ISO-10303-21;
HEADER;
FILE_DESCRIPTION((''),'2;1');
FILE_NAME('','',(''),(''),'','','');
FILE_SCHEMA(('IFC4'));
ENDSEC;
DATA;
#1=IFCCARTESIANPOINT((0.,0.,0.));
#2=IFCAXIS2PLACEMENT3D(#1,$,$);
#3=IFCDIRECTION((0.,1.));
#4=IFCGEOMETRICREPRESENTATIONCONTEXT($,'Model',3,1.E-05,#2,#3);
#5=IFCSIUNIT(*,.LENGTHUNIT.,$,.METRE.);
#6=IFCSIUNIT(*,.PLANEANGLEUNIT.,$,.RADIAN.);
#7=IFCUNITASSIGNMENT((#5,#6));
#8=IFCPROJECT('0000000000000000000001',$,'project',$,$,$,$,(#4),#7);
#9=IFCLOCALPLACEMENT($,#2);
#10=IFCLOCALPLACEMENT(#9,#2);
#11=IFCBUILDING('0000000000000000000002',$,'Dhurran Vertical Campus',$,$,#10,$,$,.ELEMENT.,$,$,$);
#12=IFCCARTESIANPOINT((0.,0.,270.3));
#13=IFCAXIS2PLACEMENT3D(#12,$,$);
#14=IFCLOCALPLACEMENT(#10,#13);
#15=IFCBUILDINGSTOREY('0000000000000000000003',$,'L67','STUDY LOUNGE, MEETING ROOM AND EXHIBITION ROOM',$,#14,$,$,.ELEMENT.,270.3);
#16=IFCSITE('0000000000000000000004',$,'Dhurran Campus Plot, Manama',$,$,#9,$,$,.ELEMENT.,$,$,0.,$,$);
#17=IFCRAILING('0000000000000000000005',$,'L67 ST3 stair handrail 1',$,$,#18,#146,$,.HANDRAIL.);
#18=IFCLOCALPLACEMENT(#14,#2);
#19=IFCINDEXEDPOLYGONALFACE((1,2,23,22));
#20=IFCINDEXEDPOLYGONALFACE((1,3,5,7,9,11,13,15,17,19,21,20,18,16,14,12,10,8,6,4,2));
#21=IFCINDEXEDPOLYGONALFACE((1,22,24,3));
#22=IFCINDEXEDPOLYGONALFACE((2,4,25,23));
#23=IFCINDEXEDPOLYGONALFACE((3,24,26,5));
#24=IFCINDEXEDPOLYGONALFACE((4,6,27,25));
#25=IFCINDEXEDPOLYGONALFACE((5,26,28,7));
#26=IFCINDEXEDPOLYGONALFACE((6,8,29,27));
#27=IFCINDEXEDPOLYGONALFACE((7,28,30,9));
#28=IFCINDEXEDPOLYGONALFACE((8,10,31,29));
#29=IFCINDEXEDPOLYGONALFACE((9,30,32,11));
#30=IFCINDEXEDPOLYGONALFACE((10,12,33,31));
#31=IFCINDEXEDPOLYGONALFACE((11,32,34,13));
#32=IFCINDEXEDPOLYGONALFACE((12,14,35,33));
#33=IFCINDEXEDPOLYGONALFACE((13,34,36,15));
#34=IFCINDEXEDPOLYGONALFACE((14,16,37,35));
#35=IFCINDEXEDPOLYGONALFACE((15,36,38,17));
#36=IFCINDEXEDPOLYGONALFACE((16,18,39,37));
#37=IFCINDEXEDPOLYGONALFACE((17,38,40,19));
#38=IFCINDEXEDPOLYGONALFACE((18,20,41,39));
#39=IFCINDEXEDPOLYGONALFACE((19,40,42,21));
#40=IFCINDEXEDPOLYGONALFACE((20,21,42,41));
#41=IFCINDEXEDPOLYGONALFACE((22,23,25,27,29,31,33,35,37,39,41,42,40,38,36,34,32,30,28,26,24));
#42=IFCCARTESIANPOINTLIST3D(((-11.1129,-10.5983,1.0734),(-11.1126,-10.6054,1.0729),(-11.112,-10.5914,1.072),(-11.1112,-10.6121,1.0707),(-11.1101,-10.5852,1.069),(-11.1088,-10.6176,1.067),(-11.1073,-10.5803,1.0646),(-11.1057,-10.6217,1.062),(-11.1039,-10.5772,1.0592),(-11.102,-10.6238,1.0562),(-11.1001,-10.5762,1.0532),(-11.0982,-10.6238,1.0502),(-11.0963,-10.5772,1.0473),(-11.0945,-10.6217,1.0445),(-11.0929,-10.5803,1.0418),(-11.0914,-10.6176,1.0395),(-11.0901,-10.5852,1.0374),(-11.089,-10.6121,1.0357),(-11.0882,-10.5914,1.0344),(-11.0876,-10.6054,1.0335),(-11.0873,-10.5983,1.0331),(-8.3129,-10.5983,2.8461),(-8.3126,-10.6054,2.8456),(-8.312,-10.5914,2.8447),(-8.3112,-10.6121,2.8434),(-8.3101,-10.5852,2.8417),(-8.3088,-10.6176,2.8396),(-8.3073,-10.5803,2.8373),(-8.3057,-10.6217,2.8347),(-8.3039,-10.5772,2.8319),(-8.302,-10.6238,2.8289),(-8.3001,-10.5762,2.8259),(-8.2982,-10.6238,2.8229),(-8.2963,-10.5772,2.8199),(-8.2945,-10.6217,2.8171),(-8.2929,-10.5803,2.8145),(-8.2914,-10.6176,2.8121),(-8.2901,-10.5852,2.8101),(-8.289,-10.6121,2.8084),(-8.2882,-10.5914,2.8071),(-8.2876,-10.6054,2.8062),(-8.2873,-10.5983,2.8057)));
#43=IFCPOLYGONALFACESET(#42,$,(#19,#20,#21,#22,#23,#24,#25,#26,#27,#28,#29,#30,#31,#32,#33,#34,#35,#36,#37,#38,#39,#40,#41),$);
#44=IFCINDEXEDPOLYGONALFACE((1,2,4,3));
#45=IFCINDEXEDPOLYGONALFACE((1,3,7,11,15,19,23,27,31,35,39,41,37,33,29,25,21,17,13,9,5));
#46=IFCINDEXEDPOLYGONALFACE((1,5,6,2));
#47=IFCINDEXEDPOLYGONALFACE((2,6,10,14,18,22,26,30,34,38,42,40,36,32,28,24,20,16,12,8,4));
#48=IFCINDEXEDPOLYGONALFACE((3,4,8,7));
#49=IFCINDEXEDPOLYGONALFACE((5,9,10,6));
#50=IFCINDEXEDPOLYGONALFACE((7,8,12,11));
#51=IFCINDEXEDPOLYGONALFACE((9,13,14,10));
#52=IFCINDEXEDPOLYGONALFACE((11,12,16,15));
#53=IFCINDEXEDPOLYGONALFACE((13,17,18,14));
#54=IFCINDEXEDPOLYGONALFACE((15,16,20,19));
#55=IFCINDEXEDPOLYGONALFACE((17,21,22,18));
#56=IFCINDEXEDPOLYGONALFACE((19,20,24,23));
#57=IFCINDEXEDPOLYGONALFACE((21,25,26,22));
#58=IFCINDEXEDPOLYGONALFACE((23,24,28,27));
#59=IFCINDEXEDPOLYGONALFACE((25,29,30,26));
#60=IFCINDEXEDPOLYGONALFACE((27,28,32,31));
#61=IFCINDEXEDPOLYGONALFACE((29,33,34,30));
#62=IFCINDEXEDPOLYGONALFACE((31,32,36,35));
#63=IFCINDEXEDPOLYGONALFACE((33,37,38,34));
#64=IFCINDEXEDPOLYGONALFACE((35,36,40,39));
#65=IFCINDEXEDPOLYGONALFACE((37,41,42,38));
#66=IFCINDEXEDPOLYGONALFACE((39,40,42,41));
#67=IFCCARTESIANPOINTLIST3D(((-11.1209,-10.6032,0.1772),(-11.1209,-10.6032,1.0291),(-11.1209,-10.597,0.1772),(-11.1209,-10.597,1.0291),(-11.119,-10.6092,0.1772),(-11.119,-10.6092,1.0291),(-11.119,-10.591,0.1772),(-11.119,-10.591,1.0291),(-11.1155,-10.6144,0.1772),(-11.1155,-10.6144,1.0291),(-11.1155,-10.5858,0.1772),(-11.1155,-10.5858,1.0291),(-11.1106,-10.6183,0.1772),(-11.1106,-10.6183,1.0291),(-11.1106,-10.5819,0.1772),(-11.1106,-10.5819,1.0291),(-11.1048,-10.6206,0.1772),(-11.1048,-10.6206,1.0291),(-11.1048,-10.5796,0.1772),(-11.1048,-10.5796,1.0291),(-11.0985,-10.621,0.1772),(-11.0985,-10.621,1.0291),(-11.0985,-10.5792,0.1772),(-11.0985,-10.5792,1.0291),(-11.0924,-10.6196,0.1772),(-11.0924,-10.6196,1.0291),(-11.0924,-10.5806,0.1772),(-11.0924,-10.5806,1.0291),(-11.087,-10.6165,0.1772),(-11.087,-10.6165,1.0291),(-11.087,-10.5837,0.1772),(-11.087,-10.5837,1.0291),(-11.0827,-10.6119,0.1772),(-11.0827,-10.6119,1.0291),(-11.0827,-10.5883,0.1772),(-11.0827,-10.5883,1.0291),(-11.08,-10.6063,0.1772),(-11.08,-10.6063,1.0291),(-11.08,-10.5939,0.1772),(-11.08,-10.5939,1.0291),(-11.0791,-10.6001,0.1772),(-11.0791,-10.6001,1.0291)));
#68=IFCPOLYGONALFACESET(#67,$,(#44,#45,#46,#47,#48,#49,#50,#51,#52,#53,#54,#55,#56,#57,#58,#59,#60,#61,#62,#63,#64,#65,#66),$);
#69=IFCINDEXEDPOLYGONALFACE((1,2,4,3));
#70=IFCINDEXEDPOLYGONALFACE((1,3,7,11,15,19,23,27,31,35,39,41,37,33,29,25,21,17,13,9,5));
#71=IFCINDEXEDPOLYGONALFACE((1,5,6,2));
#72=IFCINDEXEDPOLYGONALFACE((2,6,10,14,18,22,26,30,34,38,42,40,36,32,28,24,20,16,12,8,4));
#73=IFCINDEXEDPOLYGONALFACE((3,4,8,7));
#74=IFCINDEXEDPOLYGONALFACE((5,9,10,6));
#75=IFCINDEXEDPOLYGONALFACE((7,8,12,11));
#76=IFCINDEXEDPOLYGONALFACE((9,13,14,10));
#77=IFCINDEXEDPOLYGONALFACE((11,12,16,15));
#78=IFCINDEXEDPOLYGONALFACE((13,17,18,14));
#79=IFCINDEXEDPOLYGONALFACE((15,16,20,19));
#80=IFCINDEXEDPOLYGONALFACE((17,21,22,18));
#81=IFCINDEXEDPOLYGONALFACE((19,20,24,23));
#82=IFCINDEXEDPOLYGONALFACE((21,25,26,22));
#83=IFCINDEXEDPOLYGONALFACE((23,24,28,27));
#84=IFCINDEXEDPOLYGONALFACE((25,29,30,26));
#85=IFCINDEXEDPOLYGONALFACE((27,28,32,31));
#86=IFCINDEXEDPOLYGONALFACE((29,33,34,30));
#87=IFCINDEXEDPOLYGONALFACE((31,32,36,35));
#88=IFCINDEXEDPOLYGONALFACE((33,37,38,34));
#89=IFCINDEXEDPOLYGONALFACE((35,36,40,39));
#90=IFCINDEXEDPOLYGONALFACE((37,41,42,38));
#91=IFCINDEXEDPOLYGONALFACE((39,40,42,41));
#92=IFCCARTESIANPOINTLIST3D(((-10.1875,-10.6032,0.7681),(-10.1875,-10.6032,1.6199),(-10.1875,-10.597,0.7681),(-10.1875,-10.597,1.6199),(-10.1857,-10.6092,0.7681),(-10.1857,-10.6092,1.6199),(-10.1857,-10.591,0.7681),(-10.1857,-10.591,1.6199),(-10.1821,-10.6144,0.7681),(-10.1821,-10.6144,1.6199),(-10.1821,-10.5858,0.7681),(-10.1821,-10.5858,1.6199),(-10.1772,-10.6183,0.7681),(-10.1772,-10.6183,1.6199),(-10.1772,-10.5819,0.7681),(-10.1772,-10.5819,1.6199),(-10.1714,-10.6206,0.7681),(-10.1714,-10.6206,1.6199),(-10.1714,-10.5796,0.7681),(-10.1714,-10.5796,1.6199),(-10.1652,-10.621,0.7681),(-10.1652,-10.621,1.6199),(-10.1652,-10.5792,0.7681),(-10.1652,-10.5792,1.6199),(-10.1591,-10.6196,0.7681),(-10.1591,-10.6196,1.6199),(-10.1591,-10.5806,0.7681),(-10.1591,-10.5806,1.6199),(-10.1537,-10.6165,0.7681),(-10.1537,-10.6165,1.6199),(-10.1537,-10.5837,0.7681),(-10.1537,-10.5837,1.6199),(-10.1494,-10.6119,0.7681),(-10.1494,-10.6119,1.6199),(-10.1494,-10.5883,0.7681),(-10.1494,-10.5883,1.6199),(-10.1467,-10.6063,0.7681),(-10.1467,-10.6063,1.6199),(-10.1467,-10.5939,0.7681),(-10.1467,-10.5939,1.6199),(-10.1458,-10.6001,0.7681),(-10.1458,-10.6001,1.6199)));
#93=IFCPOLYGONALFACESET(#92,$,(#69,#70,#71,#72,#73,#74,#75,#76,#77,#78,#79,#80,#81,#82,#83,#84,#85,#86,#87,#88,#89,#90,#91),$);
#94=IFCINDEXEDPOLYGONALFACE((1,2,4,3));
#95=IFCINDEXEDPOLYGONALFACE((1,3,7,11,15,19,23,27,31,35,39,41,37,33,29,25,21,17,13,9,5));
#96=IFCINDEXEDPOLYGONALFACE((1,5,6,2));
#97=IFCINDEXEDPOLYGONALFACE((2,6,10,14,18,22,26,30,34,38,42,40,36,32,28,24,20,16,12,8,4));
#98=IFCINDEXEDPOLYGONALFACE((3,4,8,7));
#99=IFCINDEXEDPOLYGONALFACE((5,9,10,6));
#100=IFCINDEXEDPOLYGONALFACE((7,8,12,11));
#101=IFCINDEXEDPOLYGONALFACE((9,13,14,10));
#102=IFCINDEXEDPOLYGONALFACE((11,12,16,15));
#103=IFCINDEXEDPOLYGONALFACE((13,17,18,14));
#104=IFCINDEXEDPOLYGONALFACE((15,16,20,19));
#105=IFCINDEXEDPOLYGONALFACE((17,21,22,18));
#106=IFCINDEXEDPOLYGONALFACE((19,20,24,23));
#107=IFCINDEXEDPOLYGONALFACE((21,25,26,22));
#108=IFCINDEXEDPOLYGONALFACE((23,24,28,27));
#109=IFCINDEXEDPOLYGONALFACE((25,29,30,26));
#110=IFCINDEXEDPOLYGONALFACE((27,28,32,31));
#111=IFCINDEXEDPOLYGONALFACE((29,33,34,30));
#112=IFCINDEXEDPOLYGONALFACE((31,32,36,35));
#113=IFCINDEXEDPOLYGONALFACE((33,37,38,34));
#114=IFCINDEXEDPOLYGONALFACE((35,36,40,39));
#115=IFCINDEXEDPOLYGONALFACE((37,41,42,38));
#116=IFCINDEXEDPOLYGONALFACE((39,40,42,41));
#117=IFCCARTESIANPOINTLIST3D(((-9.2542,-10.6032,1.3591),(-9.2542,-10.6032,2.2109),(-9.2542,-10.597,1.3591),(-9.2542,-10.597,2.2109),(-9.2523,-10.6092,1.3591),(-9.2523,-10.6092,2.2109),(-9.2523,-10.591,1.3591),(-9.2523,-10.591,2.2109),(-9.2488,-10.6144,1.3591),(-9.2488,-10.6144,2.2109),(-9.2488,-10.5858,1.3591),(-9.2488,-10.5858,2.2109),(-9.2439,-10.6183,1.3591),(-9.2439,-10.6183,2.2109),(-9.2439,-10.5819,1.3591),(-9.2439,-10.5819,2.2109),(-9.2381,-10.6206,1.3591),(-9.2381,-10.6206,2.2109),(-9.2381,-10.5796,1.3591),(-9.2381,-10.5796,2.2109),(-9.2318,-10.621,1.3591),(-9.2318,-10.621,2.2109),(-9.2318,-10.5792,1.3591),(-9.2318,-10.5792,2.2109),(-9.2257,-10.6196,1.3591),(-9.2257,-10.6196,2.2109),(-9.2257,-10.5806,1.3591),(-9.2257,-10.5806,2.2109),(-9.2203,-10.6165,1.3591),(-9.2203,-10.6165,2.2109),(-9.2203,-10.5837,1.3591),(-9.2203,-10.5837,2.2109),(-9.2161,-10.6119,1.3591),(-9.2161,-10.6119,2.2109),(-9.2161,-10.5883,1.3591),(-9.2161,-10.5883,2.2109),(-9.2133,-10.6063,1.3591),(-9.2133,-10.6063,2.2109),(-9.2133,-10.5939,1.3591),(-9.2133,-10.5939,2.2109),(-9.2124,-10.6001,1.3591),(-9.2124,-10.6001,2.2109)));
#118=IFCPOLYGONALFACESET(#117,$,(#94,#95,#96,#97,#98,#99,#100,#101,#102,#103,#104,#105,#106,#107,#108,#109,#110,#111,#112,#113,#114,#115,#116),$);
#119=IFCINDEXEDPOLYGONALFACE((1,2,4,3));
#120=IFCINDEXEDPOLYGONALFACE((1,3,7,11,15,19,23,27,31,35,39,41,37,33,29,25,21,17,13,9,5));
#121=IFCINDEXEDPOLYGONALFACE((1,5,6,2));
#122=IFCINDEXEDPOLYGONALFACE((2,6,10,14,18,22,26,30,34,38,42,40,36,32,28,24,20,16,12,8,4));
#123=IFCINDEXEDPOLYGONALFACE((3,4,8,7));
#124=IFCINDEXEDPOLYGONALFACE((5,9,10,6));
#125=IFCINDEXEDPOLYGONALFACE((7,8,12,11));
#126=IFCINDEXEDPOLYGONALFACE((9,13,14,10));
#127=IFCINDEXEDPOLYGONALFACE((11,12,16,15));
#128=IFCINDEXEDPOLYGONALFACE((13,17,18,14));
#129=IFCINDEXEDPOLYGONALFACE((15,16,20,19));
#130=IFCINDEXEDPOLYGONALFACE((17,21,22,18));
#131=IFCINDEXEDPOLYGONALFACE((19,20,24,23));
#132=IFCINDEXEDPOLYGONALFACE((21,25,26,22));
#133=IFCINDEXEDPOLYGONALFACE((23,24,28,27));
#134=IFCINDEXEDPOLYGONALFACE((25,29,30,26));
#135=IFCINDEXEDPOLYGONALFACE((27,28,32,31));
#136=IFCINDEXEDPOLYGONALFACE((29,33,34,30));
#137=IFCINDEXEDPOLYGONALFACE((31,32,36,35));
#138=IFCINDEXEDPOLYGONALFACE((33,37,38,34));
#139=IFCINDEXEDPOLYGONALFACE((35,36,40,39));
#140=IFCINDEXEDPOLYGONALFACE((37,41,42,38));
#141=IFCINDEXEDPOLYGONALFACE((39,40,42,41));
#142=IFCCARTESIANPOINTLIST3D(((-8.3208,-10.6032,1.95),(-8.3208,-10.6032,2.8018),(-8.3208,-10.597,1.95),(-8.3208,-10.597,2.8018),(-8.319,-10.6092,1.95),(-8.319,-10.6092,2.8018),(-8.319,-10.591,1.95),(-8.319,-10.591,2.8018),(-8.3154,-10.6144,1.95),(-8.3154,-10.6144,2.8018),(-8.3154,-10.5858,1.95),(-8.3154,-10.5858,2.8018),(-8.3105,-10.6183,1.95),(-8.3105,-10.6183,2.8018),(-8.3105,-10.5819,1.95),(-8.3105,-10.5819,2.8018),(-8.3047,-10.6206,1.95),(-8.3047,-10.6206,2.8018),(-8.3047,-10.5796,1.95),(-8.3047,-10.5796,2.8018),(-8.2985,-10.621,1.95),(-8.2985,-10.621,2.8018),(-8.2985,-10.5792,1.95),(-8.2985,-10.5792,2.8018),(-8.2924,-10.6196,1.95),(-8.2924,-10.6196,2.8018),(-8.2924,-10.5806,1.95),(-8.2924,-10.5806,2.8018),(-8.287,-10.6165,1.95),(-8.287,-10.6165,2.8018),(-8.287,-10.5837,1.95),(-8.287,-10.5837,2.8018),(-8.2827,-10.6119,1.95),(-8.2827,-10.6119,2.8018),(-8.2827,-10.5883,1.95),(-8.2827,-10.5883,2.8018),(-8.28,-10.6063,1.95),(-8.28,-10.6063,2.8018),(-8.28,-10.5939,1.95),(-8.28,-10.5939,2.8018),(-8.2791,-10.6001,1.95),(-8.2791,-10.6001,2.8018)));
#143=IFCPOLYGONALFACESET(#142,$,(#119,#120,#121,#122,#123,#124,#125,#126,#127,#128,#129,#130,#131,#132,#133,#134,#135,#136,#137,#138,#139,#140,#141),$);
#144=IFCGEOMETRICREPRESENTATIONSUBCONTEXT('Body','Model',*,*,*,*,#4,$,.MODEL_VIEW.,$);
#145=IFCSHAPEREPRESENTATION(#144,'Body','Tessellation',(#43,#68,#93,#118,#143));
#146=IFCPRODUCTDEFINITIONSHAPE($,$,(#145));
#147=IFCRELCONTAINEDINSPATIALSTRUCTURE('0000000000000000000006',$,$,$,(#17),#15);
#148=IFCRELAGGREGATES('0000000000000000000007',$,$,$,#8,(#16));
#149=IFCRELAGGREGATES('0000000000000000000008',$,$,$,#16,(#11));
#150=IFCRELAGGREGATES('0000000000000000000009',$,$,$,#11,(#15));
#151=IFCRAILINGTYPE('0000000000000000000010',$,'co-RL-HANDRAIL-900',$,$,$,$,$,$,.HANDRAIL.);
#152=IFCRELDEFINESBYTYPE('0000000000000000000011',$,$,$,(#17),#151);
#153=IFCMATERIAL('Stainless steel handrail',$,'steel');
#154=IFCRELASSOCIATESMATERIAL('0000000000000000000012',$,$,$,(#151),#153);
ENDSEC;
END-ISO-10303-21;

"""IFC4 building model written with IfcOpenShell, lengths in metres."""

from ifc_helpers import new_model, si_unit, direction, frame, origin, origin_2d, place, context, subcontext, project, spatial, circle, extrude, material, type_object, element, save


model = new_model("IFC4")

# Units and contexts
model_context = context("Model", 3, precision=1e-05, world=origin(), true_north=direction((0.0, 1.0)))
body_context = subcontext(model_context, "Body", "Model", "MODEL_VIEW")
ifc_project = project(units=[si_unit("LENGTHUNIT", "METRE"), si_unit("PLANEANGLEUNIT", "RADIAN")], contexts=[model_context])

# Site, building, storey
site_placement = place(None, origin())
site = spatial("IfcSite", under=ifc_project, at=site_placement, Name="Dhurran Campus Plot, Manama", CompositionType="ELEMENT", RefElevation=0.0)
building_placement = place(site_placement, origin())
building = spatial("IfcBuilding", under=site, at=building_placement, Name="Dhurran Vertical Campus", CompositionType="ELEMENT")
storey_placement = place(building_placement, frame((0.0, 0.0, 270.3)))
storey = spatial("IfcBuildingStorey", under=building, at=storey_placement, Name="L67", Description="STUDY LOUNGE, MEETING ROOM AND EXHIBITION ROOM", CompositionType="ELEMENT", Elevation=270.3)

# Railing
ifc_material_1 = material(Name="Stainless steel handrail", Category="steel")
railing_type_1 = type_object("IfcRailingType", Name="co-RL-HANDRAIL-900", PredefinedType="HANDRAIL", material=ifc_material_1)
railing_1_placement = place(storey_placement, frame((-11.1001, -10.6001, 0.1772)))
element("IfcRailing", 1, at=railing_1_placement, inside=storey, type_object=railing_type_1, Name="L67 ST3 stair handrail 1", PredefinedType="HANDRAIL", context=body_context, shape_type="SweptSolid", body=[
    extrude(circle(Radius=0.0239, at=origin_2d()), frame((0.0, 0.0, 0.876), z_axis=(0.844909, 0.0, 0.53491), x_axis=(0.0, 1.0, 0.0)), (0.0, 0.0, 1.0), 3.314),
    extrude(circle(Radius=0.021, at=origin_2d()), origin(), (0.0, 0.0, 1.0), 0.8518),
    extrude(circle(Radius=0.021, at=origin_2d()), frame((0.9333, 0.0, 0.5908)), (0.0, 0.0, 1.0), 0.8518),
    extrude(circle(Radius=0.021, at=origin_2d()), frame((1.8667, 0.0, 1.1819)), (0.0, 0.0, 1.0), 0.8518),
    extrude(circle(Radius=0.021, at=origin_2d()), frame((2.8, 0.0, 1.7727)), (0.0, 0.0, 1.0), 0.8518),
])

save(model, "model.ifc")
